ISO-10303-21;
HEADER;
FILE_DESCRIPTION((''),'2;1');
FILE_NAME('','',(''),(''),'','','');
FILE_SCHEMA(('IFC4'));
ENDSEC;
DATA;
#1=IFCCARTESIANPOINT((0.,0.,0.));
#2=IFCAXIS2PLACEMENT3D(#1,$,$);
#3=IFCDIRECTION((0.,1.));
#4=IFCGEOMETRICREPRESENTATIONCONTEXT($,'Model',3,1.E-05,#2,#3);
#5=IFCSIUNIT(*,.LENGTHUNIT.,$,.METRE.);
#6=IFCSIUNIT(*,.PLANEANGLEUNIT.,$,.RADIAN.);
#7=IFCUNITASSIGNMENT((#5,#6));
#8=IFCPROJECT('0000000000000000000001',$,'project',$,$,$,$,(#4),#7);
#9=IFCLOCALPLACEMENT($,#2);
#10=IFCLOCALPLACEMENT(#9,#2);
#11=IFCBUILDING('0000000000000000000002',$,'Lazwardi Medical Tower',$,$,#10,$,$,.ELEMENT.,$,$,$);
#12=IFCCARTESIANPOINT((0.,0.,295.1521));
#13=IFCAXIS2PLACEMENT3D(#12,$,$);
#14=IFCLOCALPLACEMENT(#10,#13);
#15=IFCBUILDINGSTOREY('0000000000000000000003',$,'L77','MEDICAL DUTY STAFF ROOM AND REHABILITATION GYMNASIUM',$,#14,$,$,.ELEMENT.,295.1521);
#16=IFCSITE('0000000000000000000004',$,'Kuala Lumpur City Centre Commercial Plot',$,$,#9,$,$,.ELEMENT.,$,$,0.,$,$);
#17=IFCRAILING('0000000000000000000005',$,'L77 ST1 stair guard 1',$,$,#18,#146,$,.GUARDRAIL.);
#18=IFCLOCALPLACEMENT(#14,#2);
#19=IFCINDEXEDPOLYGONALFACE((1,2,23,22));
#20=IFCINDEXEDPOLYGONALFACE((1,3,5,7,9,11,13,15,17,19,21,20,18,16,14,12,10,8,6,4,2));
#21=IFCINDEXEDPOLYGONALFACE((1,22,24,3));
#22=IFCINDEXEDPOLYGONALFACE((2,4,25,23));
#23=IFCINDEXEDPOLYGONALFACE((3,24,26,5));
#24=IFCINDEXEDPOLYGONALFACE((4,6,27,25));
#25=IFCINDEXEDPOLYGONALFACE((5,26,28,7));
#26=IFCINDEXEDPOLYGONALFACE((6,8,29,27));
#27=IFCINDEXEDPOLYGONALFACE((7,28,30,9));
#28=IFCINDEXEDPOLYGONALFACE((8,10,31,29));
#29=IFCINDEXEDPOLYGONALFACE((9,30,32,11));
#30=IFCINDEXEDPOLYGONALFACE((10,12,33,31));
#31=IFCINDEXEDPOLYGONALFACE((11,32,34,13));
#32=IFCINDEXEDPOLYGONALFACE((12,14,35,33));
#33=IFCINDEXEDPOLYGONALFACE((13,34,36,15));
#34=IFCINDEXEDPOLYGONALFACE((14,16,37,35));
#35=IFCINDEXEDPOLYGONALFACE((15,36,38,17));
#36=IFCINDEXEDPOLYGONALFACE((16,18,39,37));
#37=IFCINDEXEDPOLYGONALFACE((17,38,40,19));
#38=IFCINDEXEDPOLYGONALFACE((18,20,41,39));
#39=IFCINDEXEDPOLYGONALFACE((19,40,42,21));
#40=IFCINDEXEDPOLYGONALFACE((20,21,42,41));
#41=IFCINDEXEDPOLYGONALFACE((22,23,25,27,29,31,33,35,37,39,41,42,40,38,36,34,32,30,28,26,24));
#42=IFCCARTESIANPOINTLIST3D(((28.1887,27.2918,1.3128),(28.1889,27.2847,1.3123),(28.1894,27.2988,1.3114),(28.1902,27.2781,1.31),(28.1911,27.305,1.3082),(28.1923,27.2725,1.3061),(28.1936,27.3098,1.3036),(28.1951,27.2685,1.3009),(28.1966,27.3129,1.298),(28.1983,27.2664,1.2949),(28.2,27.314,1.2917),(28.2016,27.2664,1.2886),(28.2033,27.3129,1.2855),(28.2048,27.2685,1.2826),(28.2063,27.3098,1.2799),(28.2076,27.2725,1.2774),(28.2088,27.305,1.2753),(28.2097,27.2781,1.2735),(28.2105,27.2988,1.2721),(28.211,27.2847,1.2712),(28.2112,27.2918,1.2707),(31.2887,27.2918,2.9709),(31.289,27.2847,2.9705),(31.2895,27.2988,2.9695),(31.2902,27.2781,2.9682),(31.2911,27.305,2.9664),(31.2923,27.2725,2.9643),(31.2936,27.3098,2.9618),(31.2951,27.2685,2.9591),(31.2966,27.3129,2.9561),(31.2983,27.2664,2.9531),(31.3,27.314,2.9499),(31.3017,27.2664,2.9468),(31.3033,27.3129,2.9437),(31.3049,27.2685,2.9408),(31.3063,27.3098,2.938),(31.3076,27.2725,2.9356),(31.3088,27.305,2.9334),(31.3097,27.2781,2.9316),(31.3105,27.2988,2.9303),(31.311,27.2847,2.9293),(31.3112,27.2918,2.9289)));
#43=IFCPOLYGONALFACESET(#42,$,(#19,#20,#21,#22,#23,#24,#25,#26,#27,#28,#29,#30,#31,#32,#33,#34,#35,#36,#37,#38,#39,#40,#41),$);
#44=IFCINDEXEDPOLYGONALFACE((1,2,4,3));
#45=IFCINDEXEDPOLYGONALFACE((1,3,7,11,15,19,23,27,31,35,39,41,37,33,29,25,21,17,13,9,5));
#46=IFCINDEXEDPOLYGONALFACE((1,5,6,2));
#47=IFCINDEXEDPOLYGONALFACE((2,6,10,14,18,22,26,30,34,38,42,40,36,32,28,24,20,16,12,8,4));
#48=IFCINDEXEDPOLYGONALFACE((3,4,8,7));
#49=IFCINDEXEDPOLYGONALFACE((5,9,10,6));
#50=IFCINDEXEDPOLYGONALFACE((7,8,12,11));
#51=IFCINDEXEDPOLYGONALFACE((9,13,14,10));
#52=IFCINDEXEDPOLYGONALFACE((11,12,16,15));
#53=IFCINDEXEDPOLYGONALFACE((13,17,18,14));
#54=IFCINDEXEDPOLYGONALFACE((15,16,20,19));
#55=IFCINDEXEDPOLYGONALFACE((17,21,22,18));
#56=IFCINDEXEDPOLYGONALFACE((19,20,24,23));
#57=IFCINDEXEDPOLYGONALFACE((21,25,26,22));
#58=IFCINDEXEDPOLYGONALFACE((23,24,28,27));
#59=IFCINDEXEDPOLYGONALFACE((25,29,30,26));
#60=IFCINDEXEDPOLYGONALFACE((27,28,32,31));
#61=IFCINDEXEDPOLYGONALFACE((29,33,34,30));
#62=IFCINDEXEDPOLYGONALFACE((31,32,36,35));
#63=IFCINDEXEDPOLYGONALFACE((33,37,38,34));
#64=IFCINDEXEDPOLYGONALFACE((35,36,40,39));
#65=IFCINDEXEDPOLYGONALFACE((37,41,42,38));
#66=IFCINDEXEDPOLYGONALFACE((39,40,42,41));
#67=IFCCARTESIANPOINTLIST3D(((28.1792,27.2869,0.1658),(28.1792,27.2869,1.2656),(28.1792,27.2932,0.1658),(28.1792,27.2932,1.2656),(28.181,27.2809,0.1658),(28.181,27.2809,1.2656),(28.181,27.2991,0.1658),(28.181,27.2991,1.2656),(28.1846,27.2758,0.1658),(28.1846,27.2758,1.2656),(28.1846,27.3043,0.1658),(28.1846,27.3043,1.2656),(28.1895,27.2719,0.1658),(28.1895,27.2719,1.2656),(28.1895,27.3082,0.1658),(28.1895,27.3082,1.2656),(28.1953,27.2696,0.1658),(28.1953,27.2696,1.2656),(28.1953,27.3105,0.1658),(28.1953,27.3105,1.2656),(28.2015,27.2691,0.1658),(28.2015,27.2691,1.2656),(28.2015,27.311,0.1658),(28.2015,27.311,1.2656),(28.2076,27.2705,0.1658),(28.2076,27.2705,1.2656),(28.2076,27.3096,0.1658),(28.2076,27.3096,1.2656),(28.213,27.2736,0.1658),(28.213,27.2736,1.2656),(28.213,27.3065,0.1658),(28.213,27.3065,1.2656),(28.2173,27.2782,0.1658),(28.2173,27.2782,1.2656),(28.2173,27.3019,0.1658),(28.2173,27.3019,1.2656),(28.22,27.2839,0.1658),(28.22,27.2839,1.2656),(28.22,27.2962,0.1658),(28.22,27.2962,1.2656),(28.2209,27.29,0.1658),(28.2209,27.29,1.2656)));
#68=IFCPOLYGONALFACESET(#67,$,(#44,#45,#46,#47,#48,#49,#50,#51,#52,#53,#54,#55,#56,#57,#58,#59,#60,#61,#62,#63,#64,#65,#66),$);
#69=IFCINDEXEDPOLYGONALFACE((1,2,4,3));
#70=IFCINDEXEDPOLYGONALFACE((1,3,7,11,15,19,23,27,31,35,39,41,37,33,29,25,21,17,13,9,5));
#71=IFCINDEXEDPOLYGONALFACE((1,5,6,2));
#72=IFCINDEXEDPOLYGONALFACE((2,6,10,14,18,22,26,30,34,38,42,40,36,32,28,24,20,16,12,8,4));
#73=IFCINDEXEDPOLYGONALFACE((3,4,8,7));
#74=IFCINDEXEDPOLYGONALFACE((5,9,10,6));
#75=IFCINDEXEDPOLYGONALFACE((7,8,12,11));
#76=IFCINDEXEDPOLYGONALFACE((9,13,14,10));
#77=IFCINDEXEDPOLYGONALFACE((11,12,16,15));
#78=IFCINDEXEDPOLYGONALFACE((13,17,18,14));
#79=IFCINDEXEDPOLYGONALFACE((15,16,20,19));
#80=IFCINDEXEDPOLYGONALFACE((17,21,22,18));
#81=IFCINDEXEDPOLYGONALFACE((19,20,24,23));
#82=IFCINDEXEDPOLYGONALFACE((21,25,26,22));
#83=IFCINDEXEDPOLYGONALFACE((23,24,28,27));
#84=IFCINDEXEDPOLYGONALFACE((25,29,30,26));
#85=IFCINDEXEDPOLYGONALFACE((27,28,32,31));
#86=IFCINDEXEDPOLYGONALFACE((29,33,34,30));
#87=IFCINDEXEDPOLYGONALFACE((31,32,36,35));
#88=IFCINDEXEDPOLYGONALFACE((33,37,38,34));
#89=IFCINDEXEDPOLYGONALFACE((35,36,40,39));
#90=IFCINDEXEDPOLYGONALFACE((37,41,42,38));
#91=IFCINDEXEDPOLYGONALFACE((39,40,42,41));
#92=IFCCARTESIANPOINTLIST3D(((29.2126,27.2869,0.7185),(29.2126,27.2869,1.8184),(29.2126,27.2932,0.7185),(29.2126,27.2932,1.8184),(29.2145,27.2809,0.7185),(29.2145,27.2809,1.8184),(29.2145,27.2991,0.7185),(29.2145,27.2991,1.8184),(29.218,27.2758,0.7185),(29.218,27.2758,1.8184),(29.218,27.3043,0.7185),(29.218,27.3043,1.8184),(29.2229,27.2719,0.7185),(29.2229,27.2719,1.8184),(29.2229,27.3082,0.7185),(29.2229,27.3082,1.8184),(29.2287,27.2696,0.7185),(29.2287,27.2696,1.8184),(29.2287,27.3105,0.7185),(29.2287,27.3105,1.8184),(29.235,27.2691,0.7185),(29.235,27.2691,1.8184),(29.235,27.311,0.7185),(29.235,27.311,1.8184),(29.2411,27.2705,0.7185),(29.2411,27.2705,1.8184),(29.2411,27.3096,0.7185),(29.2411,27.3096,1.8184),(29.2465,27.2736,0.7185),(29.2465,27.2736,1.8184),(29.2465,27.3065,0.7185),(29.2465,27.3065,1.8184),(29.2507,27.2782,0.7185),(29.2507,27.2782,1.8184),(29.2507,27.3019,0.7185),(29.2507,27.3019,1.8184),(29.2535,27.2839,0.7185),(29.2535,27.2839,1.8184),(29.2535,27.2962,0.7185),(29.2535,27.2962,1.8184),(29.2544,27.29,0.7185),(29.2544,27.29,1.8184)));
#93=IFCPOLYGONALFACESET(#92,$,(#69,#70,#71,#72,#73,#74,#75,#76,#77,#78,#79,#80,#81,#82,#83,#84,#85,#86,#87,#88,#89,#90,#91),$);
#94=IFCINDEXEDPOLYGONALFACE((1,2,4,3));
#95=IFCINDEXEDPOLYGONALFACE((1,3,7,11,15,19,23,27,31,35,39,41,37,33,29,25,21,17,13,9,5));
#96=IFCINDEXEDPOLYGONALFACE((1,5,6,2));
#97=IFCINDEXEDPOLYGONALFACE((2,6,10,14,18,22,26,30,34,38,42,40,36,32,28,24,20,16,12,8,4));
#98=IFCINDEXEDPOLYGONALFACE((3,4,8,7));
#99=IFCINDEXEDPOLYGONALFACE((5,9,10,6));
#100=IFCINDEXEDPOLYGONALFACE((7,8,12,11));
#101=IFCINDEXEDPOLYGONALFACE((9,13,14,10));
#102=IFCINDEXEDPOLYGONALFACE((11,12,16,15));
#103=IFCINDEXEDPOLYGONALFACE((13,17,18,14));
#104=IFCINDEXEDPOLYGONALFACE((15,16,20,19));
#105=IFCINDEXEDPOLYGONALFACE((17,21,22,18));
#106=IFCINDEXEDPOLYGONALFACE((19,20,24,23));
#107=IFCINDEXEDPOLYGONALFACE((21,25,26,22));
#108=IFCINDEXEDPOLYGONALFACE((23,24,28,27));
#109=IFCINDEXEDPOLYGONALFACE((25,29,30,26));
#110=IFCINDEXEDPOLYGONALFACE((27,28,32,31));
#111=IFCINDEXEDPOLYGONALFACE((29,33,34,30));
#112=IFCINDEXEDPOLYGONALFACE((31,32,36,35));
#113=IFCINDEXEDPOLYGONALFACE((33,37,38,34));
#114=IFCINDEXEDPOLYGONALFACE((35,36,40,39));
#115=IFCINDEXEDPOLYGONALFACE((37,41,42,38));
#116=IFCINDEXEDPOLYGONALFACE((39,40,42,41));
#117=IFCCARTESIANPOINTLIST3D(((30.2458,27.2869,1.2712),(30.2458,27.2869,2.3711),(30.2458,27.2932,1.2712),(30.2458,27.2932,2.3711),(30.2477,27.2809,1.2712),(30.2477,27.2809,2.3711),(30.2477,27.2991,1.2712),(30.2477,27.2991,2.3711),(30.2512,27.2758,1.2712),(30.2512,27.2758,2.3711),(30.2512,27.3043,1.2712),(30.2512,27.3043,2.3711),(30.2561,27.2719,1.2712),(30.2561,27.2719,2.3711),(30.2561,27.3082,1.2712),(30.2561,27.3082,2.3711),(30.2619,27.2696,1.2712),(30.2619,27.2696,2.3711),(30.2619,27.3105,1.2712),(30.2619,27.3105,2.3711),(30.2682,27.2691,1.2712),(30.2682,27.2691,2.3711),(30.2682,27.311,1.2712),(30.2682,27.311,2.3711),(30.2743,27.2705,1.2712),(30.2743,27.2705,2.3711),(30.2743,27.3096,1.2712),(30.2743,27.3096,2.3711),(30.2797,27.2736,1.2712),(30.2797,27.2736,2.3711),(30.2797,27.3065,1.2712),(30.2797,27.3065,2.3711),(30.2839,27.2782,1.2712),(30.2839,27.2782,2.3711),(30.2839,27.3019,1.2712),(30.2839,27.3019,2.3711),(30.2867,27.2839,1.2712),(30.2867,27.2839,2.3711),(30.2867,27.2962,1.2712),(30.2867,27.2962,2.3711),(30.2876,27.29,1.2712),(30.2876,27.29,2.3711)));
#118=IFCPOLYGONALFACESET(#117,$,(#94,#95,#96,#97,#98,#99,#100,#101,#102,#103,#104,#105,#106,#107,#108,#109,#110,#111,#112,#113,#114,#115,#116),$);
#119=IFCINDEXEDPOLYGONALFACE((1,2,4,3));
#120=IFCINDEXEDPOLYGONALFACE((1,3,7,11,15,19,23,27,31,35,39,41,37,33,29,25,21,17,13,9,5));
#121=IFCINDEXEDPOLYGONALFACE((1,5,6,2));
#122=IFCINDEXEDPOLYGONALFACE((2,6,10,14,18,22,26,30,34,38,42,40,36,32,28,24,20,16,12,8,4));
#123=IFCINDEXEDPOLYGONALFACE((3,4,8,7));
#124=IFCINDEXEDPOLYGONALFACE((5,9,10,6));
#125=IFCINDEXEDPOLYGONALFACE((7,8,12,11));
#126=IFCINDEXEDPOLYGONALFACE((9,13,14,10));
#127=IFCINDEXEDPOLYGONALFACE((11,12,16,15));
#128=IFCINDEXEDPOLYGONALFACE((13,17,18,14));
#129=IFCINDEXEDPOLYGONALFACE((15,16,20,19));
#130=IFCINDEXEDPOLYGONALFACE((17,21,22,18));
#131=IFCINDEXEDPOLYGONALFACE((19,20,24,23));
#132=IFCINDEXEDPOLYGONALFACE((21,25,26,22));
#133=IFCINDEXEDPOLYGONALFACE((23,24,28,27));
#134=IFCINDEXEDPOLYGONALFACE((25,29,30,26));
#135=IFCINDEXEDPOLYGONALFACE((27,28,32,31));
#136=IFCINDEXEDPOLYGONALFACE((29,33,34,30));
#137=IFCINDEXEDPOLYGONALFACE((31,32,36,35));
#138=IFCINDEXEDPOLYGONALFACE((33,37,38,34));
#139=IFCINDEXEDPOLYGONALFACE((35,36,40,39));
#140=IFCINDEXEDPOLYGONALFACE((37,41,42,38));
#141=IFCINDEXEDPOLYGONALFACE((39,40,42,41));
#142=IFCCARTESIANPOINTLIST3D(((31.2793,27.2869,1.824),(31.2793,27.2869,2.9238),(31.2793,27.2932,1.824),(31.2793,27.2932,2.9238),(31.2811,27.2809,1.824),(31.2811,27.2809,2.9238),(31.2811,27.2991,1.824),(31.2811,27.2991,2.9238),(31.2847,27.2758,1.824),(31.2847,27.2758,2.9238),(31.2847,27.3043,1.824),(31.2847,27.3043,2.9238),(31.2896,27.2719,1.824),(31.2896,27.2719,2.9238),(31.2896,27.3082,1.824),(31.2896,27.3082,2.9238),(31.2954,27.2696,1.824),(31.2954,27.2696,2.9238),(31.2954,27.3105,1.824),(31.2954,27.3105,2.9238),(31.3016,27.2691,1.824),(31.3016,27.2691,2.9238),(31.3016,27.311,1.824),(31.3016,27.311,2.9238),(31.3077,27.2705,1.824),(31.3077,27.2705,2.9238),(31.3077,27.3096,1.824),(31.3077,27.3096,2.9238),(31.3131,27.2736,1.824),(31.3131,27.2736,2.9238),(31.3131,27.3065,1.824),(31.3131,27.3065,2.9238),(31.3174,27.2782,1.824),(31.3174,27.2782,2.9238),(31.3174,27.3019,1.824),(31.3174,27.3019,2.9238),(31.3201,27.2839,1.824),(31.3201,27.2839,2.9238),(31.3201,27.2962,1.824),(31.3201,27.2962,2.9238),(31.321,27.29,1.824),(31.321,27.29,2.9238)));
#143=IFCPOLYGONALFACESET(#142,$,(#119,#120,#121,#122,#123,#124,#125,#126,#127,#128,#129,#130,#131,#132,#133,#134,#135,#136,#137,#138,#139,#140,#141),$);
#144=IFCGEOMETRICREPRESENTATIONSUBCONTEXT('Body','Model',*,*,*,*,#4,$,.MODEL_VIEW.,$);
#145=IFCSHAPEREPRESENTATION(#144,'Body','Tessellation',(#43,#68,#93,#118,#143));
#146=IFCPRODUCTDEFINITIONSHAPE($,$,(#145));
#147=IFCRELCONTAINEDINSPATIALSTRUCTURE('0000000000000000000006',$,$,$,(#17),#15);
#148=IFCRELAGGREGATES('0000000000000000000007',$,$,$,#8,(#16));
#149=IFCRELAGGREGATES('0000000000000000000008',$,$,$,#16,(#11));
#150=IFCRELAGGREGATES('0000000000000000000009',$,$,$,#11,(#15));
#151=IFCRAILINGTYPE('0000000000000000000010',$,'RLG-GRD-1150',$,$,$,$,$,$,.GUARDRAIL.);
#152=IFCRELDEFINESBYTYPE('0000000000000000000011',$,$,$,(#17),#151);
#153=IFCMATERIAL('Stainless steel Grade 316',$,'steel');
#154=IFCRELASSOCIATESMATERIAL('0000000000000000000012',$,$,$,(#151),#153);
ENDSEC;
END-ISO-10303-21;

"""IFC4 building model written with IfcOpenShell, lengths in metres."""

from ifc_helpers import new_model, si_unit, direction, frame, origin, origin_2d, place, context, subcontext, project, spatial, circle, extrude, material, type_object, element, save


model = new_model("IFC4")

# Units and contexts
model_context = context("Model", 3, precision=1e-05, world=origin(), true_north=direction((0.0, 1.0)))
body_context = subcontext(model_context, "Body", "Model", "MODEL_VIEW")
ifc_project = project(units=[si_unit("LENGTHUNIT", "METRE"), si_unit("PLANEANGLEUNIT", "RADIAN")], contexts=[model_context])

# Site, building, storey
site_placement = place(None, origin())
site = spatial("IfcSite", under=ifc_project, at=site_placement, Name="Kuala Lumpur City Centre Commercial Plot", CompositionType="ELEMENT", RefElevation=0.0)
building_placement = place(site_placement, origin())
building = spatial("IfcBuilding", under=site, at=building_placement, Name="Lazwardi Medical Tower", CompositionType="ELEMENT")
storey_placement = place(building_placement, frame((0.0, 0.0, 295.1521)))
storey = spatial("IfcBuildingStorey", under=building, at=storey_placement, Name="L77", Description="MEDICAL DUTY STAFF ROOM AND REHABILITATION GYMNASIUM", CompositionType="ELEMENT", Elevation=295.1521)

# Railing
ifc_material_1 = material(Name="Stainless steel Grade 316", Category="steel")
railing_type_1 = type_object("IfcRailingType", Name="RLG-GRD-1150", PredefinedType="GUARDRAIL", material=ifc_material_1)
railing_1_placement = place(storey_placement, frame((28.2, 27.29, 0.1658)))
element("IfcRailing", 1, at=railing_1_placement, inside=storey, type_object=railing_type_1, Name="L77 ST1 stair guard 1", PredefinedType="GUARDRAIL", context=body_context, shape_type="SweptSolid", body=[
    extrude(circle(Radius=0.0239, at=origin_2d()), frame((0.0, 0.0, 1.126), z_axis=(0.881783, 0.0, 0.471655), x_axis=(0.0, 1.0, 0.0)), (0.0, 0.0, 1.0), 3.5156),
    extrude(circle(Radius=0.021, at=origin_2d()), origin(), (0.0, 0.0, 1.0), 1.0999),
    extrude(circle(Radius=0.021, at=origin_2d()), frame((1.0334, 0.0, 0.5527)), (0.0, 0.0, 1.0), 1.0999),
    extrude(circle(Radius=0.021, at=origin_2d()), frame((2.0667, 0.0, 1.1055)), (0.0, 0.0, 1.0), 1.0999),
    extrude(circle(Radius=0.021, at=origin_2d()), frame((3.1001, 0.0, 1.6582)), (0.0, 0.0, 1.0), 1.0999),
])

save(model, "model.ifc")
